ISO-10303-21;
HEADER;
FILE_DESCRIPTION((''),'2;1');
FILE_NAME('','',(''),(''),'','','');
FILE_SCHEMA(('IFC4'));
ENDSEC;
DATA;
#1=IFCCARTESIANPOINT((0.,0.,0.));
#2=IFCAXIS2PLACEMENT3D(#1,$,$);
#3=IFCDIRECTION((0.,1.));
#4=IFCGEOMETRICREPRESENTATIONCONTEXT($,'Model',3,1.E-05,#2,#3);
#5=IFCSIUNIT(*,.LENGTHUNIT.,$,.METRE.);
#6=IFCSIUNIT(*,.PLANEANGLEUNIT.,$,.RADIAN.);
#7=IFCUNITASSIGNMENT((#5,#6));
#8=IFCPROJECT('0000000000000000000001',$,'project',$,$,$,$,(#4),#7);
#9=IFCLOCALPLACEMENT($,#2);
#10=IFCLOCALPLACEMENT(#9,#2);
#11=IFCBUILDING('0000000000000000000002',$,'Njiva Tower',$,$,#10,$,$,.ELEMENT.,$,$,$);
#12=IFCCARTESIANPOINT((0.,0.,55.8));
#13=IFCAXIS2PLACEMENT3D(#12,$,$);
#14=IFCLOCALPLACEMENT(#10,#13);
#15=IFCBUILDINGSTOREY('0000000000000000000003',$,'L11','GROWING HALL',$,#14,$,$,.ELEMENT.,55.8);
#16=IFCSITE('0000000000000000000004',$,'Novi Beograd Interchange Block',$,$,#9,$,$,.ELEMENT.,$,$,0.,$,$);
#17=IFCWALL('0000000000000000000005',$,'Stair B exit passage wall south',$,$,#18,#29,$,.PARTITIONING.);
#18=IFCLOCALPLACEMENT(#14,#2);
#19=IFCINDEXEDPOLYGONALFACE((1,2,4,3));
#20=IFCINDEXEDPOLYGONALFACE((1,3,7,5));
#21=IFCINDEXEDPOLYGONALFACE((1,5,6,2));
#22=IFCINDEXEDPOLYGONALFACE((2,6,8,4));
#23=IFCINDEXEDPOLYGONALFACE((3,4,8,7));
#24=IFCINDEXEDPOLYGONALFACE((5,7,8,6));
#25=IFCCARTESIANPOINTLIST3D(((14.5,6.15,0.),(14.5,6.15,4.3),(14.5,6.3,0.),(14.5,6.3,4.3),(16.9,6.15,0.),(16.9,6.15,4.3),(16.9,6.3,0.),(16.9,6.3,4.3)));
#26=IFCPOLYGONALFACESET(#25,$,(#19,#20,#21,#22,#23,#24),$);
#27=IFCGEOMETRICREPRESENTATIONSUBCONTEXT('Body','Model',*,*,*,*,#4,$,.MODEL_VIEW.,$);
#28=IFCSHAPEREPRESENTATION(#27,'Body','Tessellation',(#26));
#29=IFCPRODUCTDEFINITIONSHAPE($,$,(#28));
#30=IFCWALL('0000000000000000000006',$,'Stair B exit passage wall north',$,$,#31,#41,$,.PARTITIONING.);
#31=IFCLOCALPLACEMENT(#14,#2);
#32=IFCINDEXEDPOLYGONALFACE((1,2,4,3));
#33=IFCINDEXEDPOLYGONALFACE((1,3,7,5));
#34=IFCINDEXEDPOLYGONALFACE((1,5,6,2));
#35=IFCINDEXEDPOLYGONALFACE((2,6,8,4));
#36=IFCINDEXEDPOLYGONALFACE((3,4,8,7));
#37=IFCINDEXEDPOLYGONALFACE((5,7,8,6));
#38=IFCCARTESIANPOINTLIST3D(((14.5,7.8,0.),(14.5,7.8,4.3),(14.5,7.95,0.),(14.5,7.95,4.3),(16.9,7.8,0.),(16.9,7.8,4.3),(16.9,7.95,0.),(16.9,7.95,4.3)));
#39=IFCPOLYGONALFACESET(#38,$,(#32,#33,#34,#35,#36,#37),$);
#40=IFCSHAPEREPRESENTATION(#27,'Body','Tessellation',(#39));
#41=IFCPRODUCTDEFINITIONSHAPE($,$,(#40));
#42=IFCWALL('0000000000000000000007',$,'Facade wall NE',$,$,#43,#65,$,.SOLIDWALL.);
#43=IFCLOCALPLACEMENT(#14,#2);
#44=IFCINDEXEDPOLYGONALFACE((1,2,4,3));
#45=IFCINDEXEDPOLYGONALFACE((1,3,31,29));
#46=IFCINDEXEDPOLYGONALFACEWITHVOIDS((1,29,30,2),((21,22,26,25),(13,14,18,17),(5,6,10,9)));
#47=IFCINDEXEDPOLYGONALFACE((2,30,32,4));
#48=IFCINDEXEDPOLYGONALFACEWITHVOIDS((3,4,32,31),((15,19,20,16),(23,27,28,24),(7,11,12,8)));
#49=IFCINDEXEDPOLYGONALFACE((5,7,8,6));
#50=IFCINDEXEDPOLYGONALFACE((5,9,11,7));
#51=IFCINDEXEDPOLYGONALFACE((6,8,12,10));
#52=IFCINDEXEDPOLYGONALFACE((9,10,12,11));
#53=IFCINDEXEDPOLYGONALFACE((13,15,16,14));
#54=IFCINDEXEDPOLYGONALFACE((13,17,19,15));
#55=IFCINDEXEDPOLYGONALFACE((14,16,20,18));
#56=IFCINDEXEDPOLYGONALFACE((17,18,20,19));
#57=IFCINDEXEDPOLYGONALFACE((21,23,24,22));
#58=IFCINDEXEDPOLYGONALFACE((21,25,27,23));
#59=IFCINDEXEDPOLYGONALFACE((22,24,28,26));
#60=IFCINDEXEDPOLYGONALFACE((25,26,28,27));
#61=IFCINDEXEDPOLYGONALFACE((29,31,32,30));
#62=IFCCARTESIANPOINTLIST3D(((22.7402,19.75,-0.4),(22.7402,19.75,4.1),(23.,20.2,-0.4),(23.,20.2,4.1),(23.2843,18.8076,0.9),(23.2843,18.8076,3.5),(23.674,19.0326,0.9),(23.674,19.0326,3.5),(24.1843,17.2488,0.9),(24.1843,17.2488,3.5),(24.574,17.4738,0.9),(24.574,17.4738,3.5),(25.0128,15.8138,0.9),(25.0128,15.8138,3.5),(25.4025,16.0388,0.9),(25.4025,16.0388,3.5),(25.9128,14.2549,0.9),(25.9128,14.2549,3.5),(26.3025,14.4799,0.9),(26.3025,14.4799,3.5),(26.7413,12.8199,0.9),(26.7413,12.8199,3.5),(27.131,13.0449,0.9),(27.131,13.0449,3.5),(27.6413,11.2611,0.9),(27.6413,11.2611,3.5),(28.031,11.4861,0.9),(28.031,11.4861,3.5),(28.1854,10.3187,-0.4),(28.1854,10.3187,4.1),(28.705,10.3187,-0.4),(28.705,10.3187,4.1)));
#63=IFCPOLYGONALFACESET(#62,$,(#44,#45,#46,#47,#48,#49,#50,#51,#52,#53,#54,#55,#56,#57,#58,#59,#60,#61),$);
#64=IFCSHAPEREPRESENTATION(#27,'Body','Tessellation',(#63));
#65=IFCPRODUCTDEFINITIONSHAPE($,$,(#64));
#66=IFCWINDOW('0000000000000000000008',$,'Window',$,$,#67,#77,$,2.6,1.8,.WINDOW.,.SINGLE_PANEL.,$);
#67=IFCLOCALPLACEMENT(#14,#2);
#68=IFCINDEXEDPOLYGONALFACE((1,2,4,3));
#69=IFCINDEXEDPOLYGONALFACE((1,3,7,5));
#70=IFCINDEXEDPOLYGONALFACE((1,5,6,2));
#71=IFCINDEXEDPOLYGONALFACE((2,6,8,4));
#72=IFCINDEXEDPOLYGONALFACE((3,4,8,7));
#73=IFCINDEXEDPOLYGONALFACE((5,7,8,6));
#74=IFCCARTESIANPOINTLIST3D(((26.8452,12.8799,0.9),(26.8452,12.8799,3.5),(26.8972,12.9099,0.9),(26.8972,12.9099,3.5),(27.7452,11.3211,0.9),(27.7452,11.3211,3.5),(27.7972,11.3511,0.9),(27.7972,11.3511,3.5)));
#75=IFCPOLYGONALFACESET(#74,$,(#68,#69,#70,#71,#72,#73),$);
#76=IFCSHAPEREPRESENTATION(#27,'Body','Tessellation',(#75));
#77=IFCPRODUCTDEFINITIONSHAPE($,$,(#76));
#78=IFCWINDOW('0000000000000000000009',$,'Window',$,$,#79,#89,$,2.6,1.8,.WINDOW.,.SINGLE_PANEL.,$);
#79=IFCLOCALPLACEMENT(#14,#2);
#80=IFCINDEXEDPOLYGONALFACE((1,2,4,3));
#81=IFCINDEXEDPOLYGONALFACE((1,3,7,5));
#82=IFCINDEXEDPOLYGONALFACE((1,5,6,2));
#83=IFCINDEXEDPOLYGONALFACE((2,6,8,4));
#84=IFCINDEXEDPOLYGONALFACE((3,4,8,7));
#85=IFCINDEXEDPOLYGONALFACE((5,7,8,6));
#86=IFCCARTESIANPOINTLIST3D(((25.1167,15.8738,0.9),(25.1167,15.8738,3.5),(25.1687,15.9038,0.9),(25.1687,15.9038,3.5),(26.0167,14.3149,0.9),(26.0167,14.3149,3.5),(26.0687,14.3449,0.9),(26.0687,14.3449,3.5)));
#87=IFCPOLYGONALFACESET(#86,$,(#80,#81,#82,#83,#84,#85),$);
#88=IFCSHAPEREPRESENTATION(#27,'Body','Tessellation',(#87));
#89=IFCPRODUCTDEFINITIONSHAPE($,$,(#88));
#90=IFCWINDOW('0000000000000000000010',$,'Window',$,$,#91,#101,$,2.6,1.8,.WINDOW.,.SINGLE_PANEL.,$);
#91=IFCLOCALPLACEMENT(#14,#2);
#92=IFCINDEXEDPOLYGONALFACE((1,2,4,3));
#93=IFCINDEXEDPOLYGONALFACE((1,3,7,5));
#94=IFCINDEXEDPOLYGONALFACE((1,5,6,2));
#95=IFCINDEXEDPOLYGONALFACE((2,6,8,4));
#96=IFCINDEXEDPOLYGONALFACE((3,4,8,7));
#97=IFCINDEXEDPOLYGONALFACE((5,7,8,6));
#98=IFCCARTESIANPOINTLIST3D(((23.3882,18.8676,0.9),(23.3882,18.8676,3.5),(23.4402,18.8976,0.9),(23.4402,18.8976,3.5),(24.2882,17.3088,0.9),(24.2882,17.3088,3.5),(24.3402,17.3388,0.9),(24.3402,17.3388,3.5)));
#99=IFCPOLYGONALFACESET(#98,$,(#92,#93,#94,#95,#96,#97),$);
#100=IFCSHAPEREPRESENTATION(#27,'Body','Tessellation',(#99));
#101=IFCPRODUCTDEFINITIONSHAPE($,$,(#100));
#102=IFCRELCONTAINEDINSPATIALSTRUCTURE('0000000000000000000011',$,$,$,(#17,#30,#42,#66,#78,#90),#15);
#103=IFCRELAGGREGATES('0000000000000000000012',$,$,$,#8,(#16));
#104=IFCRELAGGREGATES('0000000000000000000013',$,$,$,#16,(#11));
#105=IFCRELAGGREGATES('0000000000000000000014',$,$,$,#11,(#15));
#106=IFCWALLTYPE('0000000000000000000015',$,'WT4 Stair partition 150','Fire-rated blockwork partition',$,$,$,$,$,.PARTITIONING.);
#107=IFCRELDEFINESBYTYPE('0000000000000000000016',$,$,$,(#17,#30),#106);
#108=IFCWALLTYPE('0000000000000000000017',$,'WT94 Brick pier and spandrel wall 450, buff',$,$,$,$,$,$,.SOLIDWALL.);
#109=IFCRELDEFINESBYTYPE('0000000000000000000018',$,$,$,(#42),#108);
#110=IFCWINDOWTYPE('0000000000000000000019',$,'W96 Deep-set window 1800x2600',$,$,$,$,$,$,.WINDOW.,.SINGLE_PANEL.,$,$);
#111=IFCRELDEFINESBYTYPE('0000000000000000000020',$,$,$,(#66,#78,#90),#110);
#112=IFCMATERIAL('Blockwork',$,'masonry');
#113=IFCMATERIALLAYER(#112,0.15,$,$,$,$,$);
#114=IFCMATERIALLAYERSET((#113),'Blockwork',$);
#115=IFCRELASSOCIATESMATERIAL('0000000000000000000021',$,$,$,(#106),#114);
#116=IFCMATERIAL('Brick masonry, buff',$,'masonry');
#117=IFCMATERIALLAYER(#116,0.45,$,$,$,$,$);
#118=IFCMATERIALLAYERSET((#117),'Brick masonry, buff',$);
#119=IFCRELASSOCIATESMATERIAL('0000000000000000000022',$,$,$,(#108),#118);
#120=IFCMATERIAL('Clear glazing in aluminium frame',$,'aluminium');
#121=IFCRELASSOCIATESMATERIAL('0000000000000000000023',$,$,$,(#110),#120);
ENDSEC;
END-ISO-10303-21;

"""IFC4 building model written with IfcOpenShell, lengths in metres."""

from ifc_helpers import new_model, si_unit, direction, frame, frame_2d, origin, place, context, subcontext, project, spatial, polyline, rectangle, outline, extrude, material, layer, layer_set, type_object, element, fill, save


model = new_model("IFC4")

# Units and contexts
model_context = context("Model", 3, precision=1e-05, world=origin(), true_north=direction((0.0, 1.0)))
body_context = subcontext(model_context, "Body", "Model", "MODEL_VIEW")
ifc_project = project(units=[si_unit("LENGTHUNIT", "METRE"), si_unit("PLANEANGLEUNIT", "RADIAN")], contexts=[model_context])

# Site, building, storey
site_placement = place(None, origin())
site = spatial("IfcSite", under=ifc_project, at=site_placement, Name="Novi Beograd Interchange Block", CompositionType="ELEMENT", RefElevation=0.0)
building_placement = place(site_placement, origin())
building = spatial("IfcBuilding", under=site, at=building_placement, Name="Njiva Tower", CompositionType="ELEMENT")
storey_placement = place(building_placement, frame((0.0, 0.0, 55.8)))
storey = spatial("IfcBuildingStorey", under=building, at=storey_placement, Name="L11", Description="GROWING HALL", CompositionType="ELEMENT", Elevation=55.8)

# Walls
ifc_material_1 = material(Name="Blockwork", Category="masonry")
ifc_layer_1 = layer(ifc_material_1, 0.15)
ifc_layer_set_1 = layer_set([ifc_layer_1], Name="Blockwork")
wall_type_1 = type_object("IfcWallType", Name="WT4 Stair partition 150", Description="Fire-rated blockwork partition", PredefinedType="PARTITIONING", material=ifc_layer_set_1)
for number, where, z_axis, x_axis, name in (
    (1, (14.5, 6.225, 0.0), (0.0, 0.0, 1.0), (1.0, 0.0, 0.0), "Stair B exit passage wall south"),
    (2, (14.5, 7.875, 0.0), (0.0, 0.0, 1.0), (1.0, 0.0, 0.0), "Stair B exit passage wall north"),
):
    element("IfcWall", number, at=place(storey_placement, frame(where, z_axis=z_axis, x_axis=x_axis)), inside=storey, type_object=wall_type_1, Name=name, PredefinedType="PARTITIONING", context=body_context, shape_type="SweptSolid", body=[
        extrude(rectangle(XDim=2.4, YDim=0.15, at=frame_2d((1.2, 0.0))), origin(), (0.0, 0.0, 1.0), 4.3),
    ])

# Wall, openings, windows
ifc_material_2 = material(Name="Brick masonry, buff", Category="masonry")
ifc_layer_2 = layer(ifc_material_2, 0.45)
ifc_layer_set_2 = layer_set([ifc_layer_2], Name="Brick masonry, buff")
wall_type_2 = type_object("IfcWallType", Name="WT94 Brick pier and spandrel wall 450, buff", PredefinedType="SOLIDWALL", material=ifc_layer_set_2)
wall_1_placement = place(storey_placement, frame((28.4452, 10.3187, -0.4), z_axis=(0.0, 0.0, 1.0), x_axis=(-0.500002, 0.866024, 0.0)))
wall_1 = element("IfcWall", 3, at=wall_1_placement, inside=storey, type_object=wall_type_2, Name="Facade wall NE", PredefinedType="SOLIDWALL", context=body_context, shape_type="SweptSolid", body=[
    extrude(outline(polyline([(-0.1299, -0.225), (11.2801, -0.225), (11.0203, 0.225), (0.1299, 0.225), (-0.1299, -0.225)])), origin(), (0.0, 0.0, 1.0), 4.5),
])
opening_1_placement = place(wall_1_placement, frame((1.2181, 0.0, 1.3)))
opening_1 = element("IfcOpeningElement", 4, at=opening_1_placement, cuts=wall_1, PredefinedType="OPENING", context=body_context, shape_type="SweptSolid", body=[
    extrude(rectangle(XDim=1.8, YDim=2.6, at=frame_2d((0.9, 1.3))), frame((0.0, 0.235, 0.0), z_axis=(0.0, -1.0, 0.0), x_axis=(1.0, 0.0, 0.0)), (0.0, 0.0, 1.0), 0.47),
])
opening_2_placement = place(wall_1_placement, frame((4.6751, 0.0, 1.3)))
opening_2 = element("IfcOpeningElement", 5, at=opening_2_placement, cuts=wall_1, PredefinedType="OPENING", context=body_context, shape_type="SweptSolid", body=[
    extrude(rectangle(XDim=1.8, YDim=2.6, at=frame_2d((0.9, 1.3))), frame((0.0, 0.235, 0.0), z_axis=(0.0, -1.0, 0.0), x_axis=(1.0, 0.0, 0.0)), (0.0, 0.0, 1.0), 0.47),
])
opening_3_placement = place(wall_1_placement, frame((8.1321, 0.0, 1.3)))
opening_3 = element("IfcOpeningElement", 6, at=opening_3_placement, cuts=wall_1, PredefinedType="OPENING", context=body_context, shape_type="SweptSolid", body=[
    extrude(rectangle(XDim=1.8, YDim=2.6, at=frame_2d((0.9, 1.3))), frame((0.0, 0.235, 0.0), z_axis=(0.0, -1.0, 0.0), x_axis=(1.0, 0.0, 0.0)), (0.0, 0.0, 1.0), 0.47),
])
ifc_material_3 = material(Name="Clear glazing in aluminium frame", Category="aluminium")
window_type = type_object("IfcWindowType", Name="W96 Deep-set window 1800x2600", PartitioningType="SINGLE_PANEL", PredefinedType="WINDOW", material=ifc_material_3)
window_1_placement = place(opening_1_placement, origin())
window_1 = element("IfcWindow", 7, at=window_1_placement, inside=storey, type_object=window_type, Name="Window", OverallHeight=2.6, OverallWidth=1.8, PartitioningType="SINGLE_PANEL", PredefinedType="WINDOW", context=body_context, shape_type="SweptSolid", body=[
    extrude(rectangle(XDim=1.8, YDim=2.6, at=frame_2d((0.9, 1.3))), frame((0.0, 0.105, 0.0), z_axis=(0.0, -1.0, 0.0), x_axis=(1.0, 0.0, 0.0)), (0.0, 0.0, 1.0), 0.06),
])
fill(opening_1, window_1)
window_2_placement = place(opening_2_placement, origin())
window_2 = element("IfcWindow", 8, at=window_2_placement, inside=storey, type_object=window_type, Name="Window", OverallHeight=2.6, OverallWidth=1.8, PartitioningType="SINGLE_PANEL", PredefinedType="WINDOW", context=body_context, shape_type="SweptSolid", body=[
    extrude(rectangle(XDim=1.8, YDim=2.6, at=frame_2d((0.9, 1.3))), frame((0.0, 0.105, 0.0), z_axis=(0.0, -1.0, 0.0), x_axis=(1.0, 0.0, 0.0)), (0.0, 0.0, 1.0), 0.06),
])
fill(opening_2, window_2)
window_3_placement = place(opening_3_placement, origin())
window_3 = element("IfcWindow", 9, at=window_3_placement, inside=storey, type_object=window_type, Name="Window", OverallHeight=2.6, OverallWidth=1.8, PartitioningType="SINGLE_PANEL", PredefinedType="WINDOW", context=body_context, shape_type="SweptSolid", body=[
    extrude(rectangle(XDim=1.8, YDim=2.6, at=frame_2d((0.9, 1.3))), frame((0.0, 0.105, 0.0), z_axis=(0.0, -1.0, 0.0), x_axis=(1.0, 0.0, 0.0)), (0.0, 0.0, 1.0), 0.06),
])
fill(opening_3, window_3)

save(model, "model.ifc")
